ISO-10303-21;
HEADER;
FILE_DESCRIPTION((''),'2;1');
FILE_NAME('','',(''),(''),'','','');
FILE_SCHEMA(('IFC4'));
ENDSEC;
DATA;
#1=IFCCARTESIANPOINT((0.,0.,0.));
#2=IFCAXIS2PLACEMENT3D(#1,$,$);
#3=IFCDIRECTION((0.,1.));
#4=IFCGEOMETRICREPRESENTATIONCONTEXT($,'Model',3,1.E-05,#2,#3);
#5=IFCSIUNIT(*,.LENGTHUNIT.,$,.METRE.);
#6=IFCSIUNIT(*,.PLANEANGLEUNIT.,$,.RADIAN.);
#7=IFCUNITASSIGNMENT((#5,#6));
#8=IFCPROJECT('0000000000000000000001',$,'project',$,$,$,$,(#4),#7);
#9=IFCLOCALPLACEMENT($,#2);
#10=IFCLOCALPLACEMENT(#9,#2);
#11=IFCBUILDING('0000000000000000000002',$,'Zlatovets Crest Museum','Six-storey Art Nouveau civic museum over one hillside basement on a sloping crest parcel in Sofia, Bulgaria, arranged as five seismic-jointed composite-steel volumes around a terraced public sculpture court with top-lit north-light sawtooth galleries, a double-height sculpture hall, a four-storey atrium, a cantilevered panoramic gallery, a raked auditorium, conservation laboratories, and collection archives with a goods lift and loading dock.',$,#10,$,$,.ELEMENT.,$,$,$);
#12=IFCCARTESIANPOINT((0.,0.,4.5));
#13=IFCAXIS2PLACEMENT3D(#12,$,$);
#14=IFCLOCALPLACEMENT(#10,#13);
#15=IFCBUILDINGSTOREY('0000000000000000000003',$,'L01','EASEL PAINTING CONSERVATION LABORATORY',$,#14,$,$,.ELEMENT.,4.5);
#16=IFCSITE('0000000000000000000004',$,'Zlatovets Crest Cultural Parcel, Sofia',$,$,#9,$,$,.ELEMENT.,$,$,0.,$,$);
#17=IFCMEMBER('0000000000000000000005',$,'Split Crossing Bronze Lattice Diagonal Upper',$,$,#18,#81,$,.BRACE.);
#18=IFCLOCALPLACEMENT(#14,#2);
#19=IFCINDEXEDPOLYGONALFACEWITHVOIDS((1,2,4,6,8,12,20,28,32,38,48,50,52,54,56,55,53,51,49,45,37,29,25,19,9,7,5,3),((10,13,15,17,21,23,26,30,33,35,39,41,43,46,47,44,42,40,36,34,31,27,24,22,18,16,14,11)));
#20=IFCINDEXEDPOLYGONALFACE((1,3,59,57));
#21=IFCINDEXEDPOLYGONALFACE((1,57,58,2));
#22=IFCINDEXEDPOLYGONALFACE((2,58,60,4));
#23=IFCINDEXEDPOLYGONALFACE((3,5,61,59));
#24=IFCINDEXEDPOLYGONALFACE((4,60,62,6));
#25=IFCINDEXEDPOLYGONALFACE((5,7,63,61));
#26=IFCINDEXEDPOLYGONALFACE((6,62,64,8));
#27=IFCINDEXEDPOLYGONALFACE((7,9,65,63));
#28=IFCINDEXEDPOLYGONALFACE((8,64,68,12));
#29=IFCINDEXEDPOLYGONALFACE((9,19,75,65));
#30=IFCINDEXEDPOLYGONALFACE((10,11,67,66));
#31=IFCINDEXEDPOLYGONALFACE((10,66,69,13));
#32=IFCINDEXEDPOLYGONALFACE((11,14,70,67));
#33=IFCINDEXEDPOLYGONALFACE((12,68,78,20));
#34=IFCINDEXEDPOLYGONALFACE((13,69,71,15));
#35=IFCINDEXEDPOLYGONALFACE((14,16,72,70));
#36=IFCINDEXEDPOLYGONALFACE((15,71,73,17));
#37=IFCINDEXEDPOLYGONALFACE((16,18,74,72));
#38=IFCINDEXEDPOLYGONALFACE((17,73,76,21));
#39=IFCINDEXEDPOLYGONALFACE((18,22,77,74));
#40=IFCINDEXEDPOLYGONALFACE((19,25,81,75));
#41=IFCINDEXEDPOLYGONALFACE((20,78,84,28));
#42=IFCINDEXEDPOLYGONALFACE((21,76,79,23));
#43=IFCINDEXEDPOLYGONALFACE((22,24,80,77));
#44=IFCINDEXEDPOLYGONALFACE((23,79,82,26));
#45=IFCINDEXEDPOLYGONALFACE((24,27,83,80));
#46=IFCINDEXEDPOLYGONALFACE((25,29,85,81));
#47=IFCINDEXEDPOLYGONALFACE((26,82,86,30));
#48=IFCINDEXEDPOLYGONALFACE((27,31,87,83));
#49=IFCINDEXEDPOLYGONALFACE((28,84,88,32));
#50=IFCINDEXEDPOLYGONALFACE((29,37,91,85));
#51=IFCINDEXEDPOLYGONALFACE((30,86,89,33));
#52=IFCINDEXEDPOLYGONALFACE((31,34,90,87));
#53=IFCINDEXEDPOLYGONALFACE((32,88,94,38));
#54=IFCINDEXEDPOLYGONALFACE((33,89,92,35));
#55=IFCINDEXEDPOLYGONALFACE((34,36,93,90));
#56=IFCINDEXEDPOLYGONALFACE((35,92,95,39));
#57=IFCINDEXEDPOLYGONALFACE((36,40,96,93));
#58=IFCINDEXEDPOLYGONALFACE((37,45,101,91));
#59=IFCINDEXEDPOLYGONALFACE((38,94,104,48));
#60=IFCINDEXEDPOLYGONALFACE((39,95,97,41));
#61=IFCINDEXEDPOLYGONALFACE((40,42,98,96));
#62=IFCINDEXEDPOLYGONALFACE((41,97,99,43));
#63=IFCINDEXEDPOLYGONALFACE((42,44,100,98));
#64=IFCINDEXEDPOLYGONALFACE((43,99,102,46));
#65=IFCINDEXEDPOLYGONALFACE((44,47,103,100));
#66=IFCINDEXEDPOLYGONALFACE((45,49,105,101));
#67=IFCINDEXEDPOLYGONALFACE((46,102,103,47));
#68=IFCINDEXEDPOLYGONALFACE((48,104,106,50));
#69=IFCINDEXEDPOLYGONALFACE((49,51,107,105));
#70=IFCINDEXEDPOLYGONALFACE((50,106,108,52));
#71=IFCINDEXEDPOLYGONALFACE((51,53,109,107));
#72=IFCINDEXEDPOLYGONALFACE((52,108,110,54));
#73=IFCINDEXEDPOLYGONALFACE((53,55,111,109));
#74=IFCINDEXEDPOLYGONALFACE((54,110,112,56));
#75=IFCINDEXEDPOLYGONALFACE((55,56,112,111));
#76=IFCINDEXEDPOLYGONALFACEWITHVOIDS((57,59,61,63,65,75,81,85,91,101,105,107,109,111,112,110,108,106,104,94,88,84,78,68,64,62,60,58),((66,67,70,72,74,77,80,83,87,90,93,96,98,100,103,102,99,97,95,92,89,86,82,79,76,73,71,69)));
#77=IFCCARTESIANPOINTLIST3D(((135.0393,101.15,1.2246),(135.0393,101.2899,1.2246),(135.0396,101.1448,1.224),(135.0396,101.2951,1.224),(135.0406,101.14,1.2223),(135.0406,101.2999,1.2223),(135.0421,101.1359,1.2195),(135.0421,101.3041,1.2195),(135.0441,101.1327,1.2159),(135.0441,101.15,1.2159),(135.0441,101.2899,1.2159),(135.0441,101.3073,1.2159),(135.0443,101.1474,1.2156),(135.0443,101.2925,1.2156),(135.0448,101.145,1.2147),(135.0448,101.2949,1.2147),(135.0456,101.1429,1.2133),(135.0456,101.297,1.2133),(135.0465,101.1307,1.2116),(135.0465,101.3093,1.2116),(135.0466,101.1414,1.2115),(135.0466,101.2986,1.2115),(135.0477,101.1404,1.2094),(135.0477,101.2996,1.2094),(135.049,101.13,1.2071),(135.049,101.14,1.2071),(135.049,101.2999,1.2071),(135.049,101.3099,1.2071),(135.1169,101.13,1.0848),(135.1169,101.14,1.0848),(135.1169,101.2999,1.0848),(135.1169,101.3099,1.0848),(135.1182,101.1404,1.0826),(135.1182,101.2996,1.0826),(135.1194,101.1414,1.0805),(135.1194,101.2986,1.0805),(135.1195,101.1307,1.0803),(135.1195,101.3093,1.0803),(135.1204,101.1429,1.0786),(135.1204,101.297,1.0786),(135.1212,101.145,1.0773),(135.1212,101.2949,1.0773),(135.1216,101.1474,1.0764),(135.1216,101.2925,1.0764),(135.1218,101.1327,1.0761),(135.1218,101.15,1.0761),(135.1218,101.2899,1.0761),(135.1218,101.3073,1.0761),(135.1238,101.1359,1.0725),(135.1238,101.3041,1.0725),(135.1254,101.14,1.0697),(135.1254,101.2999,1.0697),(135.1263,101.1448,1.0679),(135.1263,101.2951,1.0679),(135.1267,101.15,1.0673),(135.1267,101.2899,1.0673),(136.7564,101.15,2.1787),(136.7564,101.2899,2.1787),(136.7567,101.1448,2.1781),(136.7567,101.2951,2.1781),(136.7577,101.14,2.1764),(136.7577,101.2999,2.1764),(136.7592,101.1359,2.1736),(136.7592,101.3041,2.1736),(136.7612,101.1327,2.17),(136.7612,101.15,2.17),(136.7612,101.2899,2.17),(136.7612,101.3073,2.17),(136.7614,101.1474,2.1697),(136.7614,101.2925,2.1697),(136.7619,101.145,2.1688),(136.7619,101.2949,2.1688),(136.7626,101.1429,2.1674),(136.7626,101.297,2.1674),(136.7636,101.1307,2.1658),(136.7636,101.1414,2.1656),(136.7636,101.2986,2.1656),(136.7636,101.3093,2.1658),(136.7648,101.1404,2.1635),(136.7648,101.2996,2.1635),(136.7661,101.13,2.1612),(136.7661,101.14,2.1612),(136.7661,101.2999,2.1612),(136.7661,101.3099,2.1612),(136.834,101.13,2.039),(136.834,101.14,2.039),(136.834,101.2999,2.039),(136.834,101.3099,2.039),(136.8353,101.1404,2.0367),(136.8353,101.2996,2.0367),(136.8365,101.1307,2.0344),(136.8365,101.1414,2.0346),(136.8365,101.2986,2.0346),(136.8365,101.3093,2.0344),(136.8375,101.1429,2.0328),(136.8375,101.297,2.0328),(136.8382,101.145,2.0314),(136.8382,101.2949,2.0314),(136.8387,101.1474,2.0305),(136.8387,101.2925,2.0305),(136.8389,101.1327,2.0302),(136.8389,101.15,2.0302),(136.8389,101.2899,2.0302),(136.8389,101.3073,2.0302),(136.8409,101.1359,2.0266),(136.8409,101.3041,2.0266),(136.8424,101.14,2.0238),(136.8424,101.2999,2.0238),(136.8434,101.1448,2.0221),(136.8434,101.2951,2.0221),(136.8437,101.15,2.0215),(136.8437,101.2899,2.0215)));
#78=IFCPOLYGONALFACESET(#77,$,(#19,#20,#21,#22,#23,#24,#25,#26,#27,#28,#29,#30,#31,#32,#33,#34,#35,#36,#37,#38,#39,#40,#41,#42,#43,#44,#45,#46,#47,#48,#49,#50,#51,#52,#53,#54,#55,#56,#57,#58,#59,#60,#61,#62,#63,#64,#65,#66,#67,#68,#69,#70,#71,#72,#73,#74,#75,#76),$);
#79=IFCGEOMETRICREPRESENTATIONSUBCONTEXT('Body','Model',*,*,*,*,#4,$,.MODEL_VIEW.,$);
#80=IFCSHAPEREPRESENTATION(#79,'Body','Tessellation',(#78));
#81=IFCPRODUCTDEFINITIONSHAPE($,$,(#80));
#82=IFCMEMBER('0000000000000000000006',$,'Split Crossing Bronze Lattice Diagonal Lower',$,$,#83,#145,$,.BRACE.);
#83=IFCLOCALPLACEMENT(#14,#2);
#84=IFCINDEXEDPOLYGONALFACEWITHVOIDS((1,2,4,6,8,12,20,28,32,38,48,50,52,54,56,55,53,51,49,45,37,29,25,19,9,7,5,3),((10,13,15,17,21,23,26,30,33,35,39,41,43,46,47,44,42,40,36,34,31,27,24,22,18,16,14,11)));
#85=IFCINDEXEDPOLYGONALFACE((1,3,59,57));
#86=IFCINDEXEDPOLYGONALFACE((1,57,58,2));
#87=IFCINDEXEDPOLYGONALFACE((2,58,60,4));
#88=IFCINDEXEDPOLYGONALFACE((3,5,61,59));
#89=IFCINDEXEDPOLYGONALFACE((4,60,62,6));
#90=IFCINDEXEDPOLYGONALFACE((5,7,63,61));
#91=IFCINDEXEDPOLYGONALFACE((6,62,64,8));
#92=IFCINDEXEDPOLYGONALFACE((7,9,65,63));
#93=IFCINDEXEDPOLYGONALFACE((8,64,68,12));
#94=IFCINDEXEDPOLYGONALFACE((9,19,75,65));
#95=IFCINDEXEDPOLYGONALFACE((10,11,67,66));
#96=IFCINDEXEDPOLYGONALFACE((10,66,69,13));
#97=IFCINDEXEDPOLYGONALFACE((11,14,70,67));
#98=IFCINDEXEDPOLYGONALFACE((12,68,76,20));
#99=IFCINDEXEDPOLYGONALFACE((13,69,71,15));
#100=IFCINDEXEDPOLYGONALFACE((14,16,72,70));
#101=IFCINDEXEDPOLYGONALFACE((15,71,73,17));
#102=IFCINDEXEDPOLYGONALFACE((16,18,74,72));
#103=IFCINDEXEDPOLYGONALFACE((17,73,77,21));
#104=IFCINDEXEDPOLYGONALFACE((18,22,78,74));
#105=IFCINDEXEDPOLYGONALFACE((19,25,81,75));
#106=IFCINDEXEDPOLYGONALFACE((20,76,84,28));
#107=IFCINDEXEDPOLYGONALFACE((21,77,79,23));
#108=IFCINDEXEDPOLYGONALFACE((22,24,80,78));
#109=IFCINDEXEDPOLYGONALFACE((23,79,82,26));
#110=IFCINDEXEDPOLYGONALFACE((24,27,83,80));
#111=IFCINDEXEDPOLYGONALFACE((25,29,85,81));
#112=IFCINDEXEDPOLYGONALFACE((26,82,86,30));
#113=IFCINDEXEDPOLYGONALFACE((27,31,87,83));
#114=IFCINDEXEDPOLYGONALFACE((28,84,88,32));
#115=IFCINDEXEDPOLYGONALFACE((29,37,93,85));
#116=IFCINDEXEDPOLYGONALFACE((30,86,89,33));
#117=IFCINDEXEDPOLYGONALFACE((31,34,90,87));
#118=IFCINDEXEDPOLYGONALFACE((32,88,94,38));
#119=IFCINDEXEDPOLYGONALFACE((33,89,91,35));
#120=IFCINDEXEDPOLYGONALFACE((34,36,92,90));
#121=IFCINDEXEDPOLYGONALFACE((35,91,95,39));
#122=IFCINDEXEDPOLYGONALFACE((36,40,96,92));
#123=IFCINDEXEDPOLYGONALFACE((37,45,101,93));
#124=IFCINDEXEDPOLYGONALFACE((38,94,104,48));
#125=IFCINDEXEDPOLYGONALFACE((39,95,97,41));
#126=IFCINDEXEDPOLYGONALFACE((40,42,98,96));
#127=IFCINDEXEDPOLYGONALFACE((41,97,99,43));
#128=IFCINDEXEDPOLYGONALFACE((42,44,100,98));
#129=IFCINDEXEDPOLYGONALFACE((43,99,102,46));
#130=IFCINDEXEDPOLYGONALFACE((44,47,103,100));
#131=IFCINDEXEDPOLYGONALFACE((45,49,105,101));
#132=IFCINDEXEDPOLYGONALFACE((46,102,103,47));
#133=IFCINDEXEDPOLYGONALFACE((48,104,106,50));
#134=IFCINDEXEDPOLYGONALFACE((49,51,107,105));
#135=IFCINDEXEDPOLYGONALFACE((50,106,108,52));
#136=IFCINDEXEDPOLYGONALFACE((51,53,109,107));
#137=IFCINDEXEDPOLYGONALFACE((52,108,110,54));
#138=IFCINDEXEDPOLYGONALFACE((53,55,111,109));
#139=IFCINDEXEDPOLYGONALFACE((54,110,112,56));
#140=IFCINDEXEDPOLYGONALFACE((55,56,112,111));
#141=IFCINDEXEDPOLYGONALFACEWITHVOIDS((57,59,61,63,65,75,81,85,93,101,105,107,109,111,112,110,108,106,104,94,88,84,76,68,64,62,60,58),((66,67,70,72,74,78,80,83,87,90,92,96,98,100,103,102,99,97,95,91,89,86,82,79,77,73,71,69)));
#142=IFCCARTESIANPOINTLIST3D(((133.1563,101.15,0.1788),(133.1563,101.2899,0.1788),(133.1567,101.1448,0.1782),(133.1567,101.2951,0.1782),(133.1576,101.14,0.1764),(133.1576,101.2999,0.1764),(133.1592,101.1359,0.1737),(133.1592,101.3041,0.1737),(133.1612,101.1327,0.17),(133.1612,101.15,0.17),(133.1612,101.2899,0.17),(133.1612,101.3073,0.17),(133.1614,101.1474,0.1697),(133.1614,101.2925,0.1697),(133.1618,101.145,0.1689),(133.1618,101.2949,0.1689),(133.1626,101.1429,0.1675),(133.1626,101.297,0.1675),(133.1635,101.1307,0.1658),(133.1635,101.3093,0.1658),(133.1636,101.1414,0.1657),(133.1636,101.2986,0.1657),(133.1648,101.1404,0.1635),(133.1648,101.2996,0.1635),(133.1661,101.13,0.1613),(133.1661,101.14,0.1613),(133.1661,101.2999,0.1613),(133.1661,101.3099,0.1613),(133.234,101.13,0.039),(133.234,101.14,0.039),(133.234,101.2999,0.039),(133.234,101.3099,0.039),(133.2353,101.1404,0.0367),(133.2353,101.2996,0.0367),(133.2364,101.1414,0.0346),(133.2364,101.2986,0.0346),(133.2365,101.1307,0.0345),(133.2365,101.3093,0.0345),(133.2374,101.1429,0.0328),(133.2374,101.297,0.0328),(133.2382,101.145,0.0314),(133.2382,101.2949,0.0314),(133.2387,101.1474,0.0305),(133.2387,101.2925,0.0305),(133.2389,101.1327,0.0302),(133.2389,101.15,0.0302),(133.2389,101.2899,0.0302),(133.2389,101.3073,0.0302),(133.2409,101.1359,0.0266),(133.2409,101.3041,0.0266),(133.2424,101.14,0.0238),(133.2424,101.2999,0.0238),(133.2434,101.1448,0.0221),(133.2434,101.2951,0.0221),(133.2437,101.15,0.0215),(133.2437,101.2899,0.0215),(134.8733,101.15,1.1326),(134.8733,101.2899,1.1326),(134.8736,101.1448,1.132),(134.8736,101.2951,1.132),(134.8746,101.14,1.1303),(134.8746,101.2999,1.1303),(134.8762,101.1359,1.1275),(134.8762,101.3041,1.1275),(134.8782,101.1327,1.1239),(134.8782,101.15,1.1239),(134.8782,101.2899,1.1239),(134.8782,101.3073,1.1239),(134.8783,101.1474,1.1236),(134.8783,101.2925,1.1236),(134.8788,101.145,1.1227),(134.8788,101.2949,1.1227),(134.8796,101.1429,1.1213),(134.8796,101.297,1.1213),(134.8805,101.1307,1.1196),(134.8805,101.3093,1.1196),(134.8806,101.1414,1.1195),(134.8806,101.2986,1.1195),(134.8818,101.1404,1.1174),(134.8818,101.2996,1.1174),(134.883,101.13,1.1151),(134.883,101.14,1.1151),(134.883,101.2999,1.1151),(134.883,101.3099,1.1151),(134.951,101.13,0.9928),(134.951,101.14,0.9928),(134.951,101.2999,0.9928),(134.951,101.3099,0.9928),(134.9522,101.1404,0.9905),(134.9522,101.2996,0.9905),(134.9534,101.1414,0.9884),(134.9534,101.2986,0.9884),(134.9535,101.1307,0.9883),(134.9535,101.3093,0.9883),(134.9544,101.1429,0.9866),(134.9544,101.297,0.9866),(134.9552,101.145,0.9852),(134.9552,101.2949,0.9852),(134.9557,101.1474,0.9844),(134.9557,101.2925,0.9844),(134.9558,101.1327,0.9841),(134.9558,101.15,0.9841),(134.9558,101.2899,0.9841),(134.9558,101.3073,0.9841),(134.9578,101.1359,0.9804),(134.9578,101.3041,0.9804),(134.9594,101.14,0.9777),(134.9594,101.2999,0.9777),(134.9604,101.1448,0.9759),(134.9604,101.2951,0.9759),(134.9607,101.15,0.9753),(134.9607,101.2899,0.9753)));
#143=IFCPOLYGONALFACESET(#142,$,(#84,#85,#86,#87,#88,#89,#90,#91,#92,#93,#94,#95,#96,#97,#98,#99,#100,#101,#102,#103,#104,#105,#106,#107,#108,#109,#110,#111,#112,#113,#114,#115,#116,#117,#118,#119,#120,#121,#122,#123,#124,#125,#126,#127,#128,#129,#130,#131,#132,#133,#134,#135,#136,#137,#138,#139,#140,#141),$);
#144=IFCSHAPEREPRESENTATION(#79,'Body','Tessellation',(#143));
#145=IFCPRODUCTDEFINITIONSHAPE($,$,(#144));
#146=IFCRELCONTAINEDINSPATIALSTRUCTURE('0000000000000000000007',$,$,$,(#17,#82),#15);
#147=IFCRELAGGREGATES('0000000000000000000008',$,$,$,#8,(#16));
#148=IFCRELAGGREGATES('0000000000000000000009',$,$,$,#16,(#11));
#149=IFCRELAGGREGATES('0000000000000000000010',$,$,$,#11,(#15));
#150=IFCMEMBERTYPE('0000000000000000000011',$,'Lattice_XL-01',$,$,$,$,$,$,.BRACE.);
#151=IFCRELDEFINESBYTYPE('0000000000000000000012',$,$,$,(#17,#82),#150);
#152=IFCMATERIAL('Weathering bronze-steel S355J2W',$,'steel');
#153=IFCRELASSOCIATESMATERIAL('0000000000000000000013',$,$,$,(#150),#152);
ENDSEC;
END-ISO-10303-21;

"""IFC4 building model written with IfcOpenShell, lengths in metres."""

from ifc_helpers import new_model, si_unit, direction, frame, origin, origin_2d, place, context, subcontext, project, spatial, hollow_rectangle, extrude, material, material_profile, profile_set, type_object, element, save


model = new_model("IFC4")

# Units and contexts
model_context = context("Model", 3, precision=1e-05, world=origin(), true_north=direction((0.0, 1.0)))
body_context = subcontext(model_context, "Body", "Model", "MODEL_VIEW")
ifc_project = project(units=[si_unit("LENGTHUNIT", "METRE"), si_unit("PLANEANGLEUNIT", "RADIAN")], contexts=[model_context])

# Site, building, storey
site_placement = place(None, origin())
site = spatial("IfcSite", under=ifc_project, at=site_placement, Name="Zlatovets Crest Cultural Parcel, Sofia", CompositionType="ELEMENT", RefElevation=0.0)
building_placement = place(site_placement, origin())
building = spatial("IfcBuilding", under=site, at=building_placement, Name="Zlatovets Crest Museum", Description="Six-storey Art Nouveau civic museum over one hillside basement on a sloping crest parcel in Sofia, Bulgaria, arranged as five seismic-jointed composite-steel volumes around a terraced public sculpture court with top-lit north-light sawtooth galleries, a double-height sculpture hall, a four-storey atrium, a cantilevered panoramic gallery, a raked auditorium, conservation laboratories, and collection archives with a goods lift and loading dock.", CompositionType="ELEMENT")
storey_placement = place(building_placement, frame((0.0, 0.0, 4.5)))
storey = spatial("IfcBuildingStorey", under=building, at=storey_placement, Name="L01", Description="EASEL PAINTING CONSERVATION LABORATORY", CompositionType="ELEMENT", Elevation=4.5)

# Members
ifc_material_1 = material(Name="Weathering bronze-steel S355J2W", Category="steel")
ifc_material_profile_1 = material_profile(ifc_material_1, hollow_rectangle(XDim=0.1799, YDim=0.1799, WallThickness=0.01, InnerFilletRadius=0.01, OuterFilletRadius=0.02, at=origin_2d()), Name="SHS 180x180x10.0")
ifc_profile_set_1 = profile_set([ifc_material_profile_1], Name="Weathering bronze-steel S355J2W")
member_type_1 = type_object("IfcMemberType", Name="Lattice_XL-01", PredefinedType="BRACE", material=ifc_profile_set_1)
member_1_placement = place(storey_placement, frame((136.8, 101.22, 2.1001), z_axis=(-0.874116, 0.0, -0.485717), x_axis=(0.0, -1.0, 0.0)))
element("IfcMember", 1, at=member_1_placement, inside=storey, type_object=member_type_1, Name="Split Crossing Bronze Lattice Diagonal Upper", PredefinedType="BRACE", context=body_context, shape_type="SweptSolid", body=[
    extrude(hollow_rectangle(XDim=0.1799, YDim=0.1799, WallThickness=0.01, InnerFilletRadius=0.01, OuterFilletRadius=0.02, at=origin_2d()), origin(), (0.0, 0.0, 1.0), 1.9644),
])
member_2_placement = place(storey_placement, frame((134.917, 101.22, 1.054), z_axis=(-0.874169, 0.0, -0.485622), x_axis=(0.0, -1.0, 0.0)))
element("IfcMember", 2, at=member_2_placement, inside=storey, type_object=member_type_1, Name="Split Crossing Bronze Lattice Diagonal Lower", PredefinedType="BRACE", context=body_context, shape_type="SweptSolid", body=[
    extrude(hollow_rectangle(XDim=0.1799, YDim=0.1799, WallThickness=0.01, InnerFilletRadius=0.01, OuterFilletRadius=0.02, at=origin_2d()), origin(), (0.0, 0.0, 1.0), 1.9641),
])

save(model, "model.ifc")
